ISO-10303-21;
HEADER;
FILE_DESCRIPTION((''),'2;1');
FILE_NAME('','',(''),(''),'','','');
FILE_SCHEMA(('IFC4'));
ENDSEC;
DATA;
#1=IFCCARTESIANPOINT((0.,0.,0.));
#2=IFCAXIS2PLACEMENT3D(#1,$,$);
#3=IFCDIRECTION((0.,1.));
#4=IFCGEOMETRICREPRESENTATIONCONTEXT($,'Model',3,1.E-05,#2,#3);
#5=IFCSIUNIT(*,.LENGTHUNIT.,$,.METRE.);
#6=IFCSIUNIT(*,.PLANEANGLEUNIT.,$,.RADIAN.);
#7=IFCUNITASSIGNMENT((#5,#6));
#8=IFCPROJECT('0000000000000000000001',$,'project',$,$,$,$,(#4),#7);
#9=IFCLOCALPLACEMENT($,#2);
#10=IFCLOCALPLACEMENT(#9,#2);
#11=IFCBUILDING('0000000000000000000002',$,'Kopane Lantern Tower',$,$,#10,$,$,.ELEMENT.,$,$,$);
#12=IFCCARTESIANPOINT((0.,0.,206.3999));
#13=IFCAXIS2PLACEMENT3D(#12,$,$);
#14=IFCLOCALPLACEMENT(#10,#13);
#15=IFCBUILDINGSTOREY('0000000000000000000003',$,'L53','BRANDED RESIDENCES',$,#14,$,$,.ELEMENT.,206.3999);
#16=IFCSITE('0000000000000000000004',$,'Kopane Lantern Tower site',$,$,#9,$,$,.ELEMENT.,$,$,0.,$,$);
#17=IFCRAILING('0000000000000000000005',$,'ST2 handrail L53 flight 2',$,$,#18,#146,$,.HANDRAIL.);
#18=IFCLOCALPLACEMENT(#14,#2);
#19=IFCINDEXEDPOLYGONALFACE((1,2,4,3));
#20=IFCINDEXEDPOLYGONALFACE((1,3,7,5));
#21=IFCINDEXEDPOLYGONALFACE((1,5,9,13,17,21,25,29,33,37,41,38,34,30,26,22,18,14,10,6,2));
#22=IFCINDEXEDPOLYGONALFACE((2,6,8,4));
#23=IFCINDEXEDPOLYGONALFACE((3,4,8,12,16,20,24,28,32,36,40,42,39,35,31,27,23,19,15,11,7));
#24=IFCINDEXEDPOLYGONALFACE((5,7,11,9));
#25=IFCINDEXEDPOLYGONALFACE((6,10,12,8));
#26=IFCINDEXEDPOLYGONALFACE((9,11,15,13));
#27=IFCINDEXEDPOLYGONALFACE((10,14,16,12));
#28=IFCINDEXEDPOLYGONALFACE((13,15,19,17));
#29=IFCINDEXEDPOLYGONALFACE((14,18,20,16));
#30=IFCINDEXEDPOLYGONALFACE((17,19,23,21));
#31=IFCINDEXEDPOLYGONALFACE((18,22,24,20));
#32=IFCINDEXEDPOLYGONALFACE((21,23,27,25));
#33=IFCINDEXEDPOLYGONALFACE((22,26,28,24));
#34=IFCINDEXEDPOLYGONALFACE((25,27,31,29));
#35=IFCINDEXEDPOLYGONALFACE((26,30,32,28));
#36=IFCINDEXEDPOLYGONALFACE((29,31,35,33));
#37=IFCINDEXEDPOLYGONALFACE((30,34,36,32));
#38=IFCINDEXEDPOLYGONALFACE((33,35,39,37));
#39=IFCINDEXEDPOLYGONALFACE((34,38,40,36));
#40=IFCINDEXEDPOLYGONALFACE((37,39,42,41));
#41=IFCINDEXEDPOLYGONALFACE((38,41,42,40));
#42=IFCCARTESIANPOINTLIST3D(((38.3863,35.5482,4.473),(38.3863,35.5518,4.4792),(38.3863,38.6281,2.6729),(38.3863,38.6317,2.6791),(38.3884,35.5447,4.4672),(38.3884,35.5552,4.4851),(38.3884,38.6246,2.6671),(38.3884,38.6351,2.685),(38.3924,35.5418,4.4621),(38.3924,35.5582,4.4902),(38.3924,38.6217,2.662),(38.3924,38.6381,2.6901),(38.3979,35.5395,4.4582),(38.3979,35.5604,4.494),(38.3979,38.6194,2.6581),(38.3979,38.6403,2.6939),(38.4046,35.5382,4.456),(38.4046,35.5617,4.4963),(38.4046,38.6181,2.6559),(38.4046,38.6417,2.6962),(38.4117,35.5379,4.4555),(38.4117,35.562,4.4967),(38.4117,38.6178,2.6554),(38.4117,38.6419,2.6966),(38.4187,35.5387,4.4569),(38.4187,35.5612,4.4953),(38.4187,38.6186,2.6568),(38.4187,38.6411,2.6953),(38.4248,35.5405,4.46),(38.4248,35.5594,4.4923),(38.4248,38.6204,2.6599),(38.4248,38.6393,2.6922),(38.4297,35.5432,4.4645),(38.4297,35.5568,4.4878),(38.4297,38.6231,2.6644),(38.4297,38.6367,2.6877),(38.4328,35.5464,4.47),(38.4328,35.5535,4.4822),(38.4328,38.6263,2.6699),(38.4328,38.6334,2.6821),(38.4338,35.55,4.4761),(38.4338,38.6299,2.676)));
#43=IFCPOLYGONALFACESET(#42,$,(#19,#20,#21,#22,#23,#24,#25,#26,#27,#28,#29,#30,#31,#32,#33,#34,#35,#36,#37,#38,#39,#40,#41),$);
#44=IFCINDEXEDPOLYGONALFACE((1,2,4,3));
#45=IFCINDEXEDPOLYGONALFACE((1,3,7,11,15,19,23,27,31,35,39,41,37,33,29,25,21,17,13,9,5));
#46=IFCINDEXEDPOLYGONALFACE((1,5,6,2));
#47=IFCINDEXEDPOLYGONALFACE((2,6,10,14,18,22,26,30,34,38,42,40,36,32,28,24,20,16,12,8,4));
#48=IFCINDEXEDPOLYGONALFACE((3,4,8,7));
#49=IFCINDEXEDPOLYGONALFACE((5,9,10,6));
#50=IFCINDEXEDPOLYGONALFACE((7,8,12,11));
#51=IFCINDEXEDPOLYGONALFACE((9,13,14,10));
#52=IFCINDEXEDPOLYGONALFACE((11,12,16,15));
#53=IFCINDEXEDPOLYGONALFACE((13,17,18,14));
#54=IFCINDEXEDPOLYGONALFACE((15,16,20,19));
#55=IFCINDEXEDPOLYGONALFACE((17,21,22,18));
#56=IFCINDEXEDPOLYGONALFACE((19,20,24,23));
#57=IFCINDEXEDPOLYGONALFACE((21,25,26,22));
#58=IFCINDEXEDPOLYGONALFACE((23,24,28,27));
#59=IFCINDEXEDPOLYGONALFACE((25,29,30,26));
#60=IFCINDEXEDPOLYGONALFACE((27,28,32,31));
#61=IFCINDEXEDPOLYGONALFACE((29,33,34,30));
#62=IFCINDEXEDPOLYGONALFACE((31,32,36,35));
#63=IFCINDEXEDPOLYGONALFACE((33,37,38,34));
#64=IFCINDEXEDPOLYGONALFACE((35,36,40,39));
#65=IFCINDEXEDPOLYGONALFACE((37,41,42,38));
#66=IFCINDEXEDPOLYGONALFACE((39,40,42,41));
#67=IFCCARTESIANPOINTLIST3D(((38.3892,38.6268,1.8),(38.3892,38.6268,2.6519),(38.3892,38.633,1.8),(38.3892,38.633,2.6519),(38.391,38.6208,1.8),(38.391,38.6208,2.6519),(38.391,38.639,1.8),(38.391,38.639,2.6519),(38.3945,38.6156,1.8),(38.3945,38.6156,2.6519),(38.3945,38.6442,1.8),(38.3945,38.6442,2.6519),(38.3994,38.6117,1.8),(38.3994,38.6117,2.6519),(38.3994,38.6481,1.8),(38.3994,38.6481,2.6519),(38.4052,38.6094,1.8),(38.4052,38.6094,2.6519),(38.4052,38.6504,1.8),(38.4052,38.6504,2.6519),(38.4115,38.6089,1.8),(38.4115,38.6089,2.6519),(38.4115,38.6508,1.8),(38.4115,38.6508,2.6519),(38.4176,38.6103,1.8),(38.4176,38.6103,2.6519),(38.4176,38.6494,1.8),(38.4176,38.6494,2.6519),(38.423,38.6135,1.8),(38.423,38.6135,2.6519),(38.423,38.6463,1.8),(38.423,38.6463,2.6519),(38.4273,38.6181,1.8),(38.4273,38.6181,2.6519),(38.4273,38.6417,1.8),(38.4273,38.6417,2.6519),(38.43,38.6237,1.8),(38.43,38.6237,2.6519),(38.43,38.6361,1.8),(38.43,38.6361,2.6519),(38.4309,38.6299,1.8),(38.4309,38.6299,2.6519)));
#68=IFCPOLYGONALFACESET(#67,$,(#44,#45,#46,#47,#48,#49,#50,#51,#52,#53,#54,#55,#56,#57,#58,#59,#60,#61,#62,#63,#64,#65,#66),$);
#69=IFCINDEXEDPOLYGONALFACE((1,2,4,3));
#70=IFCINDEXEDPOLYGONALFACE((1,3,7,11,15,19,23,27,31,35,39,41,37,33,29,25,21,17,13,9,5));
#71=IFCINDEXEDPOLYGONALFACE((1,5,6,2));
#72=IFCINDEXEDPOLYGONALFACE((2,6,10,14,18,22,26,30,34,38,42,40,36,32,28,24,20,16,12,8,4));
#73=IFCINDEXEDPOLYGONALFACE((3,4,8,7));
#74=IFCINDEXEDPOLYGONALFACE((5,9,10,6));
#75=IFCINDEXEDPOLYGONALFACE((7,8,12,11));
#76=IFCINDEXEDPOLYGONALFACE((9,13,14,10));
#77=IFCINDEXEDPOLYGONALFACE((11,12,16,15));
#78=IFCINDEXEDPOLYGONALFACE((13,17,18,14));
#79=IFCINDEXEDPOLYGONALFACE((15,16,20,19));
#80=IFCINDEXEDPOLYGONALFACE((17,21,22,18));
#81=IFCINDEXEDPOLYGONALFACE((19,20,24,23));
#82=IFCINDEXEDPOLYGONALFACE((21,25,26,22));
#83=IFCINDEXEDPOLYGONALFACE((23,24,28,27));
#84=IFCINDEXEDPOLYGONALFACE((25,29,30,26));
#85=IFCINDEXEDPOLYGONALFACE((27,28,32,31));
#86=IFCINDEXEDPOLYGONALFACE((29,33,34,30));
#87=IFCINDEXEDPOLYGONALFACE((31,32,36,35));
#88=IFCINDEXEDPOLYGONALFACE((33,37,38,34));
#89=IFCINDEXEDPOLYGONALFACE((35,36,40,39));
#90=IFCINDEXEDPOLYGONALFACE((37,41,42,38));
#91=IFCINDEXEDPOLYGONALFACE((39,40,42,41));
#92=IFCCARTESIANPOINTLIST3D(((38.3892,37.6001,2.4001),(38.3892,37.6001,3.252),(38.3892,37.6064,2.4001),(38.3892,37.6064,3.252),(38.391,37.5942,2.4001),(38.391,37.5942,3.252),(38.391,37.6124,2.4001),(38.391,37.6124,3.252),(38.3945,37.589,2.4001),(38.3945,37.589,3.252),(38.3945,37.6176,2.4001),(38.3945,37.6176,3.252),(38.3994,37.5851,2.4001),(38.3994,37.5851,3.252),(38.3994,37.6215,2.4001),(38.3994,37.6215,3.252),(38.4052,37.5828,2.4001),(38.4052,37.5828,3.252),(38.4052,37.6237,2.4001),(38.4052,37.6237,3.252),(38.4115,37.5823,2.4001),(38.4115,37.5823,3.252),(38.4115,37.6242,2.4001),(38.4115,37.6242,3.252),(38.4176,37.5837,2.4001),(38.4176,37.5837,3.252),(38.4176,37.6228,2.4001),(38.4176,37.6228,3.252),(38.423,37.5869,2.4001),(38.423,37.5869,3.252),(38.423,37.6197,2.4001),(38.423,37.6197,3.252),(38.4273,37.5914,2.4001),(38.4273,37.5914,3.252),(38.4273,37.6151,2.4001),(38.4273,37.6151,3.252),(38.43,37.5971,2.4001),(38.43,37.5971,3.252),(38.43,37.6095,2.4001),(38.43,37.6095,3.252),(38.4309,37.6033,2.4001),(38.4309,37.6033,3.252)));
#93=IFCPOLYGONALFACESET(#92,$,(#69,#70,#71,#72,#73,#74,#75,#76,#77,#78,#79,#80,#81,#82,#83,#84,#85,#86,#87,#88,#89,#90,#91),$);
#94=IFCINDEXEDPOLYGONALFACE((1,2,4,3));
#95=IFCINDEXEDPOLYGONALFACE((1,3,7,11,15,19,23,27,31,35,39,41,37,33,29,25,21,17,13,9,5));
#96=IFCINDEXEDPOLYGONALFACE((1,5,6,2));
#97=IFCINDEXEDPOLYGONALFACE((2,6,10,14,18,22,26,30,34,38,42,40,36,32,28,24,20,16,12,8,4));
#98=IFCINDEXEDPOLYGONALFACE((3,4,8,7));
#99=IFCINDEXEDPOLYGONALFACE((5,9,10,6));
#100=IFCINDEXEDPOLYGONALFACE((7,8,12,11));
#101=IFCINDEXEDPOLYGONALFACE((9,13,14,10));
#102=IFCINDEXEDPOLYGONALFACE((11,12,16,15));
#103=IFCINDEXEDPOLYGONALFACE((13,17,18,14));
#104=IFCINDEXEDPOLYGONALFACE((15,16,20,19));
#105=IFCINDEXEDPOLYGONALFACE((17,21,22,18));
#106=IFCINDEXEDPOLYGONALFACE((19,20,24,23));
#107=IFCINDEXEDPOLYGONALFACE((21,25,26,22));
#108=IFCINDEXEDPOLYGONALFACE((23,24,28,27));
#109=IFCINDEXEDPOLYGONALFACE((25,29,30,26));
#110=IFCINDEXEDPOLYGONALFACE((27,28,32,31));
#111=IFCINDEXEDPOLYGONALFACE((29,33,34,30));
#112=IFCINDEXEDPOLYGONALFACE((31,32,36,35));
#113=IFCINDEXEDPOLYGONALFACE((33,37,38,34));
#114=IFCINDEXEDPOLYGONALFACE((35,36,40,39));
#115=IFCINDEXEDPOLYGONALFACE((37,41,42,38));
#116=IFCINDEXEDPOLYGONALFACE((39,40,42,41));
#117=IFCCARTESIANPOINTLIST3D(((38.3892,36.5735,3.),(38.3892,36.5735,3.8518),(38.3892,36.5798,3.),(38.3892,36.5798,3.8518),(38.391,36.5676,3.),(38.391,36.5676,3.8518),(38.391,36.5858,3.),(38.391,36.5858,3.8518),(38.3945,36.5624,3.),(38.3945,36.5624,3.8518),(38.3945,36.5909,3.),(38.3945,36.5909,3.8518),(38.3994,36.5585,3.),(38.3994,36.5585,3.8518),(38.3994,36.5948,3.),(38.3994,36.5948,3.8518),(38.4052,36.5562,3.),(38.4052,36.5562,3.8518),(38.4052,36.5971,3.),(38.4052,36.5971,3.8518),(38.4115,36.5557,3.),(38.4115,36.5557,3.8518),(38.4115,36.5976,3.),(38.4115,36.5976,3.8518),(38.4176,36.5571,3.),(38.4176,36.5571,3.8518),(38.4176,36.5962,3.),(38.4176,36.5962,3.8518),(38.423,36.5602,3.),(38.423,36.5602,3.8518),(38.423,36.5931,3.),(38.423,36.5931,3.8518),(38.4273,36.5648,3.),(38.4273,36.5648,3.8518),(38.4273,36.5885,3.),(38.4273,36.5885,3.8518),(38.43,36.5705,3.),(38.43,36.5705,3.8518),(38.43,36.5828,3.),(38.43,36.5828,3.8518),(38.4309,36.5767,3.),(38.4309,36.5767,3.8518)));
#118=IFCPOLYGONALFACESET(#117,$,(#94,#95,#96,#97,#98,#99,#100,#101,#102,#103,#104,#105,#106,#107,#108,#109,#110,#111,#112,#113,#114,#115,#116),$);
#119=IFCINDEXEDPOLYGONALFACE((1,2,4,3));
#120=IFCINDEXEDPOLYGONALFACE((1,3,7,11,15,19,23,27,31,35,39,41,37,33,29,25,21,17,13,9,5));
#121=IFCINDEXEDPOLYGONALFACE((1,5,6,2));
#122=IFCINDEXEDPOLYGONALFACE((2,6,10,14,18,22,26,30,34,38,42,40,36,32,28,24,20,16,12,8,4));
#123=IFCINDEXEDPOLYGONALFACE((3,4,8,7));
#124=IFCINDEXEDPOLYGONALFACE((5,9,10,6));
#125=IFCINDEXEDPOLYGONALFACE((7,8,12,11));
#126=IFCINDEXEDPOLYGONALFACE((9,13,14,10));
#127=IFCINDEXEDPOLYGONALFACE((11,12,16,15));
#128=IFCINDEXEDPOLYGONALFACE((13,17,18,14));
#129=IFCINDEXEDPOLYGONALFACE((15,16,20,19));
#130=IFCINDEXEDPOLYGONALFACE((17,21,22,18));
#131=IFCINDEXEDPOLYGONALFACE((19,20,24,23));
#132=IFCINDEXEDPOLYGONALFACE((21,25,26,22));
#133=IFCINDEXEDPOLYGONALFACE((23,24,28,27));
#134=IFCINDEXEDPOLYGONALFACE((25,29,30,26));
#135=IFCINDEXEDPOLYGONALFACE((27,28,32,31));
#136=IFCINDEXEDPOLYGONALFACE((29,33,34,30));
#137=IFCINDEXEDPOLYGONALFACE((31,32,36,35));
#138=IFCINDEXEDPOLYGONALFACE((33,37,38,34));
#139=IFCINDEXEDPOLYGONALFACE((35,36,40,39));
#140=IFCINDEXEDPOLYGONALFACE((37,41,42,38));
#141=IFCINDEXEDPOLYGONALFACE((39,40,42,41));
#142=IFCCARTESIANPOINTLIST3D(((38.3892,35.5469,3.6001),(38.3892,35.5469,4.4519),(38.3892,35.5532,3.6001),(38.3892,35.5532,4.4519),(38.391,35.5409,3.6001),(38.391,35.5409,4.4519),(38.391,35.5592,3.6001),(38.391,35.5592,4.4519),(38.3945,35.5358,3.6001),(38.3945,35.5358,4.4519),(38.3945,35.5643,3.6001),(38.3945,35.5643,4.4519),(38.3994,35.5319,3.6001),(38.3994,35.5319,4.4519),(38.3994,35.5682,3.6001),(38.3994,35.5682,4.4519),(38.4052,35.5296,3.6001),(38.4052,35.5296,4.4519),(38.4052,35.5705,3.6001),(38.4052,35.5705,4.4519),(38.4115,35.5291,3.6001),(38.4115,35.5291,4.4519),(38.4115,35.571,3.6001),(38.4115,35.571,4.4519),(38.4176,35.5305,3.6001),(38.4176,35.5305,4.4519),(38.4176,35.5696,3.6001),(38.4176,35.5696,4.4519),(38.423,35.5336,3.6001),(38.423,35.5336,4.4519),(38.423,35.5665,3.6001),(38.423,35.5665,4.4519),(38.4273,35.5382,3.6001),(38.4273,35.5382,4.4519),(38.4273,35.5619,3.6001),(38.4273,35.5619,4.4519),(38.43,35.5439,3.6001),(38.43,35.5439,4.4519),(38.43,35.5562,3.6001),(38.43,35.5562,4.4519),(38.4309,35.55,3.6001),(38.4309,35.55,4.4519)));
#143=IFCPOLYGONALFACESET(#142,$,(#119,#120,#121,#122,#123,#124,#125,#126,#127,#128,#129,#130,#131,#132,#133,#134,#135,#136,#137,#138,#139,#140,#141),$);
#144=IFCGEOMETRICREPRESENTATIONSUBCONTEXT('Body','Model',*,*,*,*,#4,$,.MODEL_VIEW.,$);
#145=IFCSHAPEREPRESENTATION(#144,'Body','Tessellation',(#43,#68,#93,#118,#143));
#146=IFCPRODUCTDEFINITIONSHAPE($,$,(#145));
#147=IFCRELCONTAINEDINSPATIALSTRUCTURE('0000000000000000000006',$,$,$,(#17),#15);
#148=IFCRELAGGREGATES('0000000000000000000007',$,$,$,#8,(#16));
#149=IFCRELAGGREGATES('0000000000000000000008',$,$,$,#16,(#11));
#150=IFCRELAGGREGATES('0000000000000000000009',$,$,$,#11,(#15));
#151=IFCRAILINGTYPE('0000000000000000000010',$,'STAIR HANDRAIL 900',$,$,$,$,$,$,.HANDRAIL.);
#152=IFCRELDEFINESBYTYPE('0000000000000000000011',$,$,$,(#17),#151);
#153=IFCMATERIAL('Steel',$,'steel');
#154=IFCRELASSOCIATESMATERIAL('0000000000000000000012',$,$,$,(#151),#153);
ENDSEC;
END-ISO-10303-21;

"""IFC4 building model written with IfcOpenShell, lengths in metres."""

from ifc_helpers import new_model, si_unit, direction, frame, origin, origin_2d, place, context, subcontext, project, spatial, circle, extrude, material, type_object, element, save


model = new_model("IFC4")

# Units and contexts
model_context = context("Model", 3, precision=1e-05, world=origin(), true_north=direction((0.0, 1.0)))
body_context = subcontext(model_context, "Body", "Model", "MODEL_VIEW")
ifc_project = project(units=[si_unit("LENGTHUNIT", "METRE"), si_unit("PLANEANGLEUNIT", "RADIAN")], contexts=[model_context])

# Site, building, storey
site_placement = place(None, origin())
site = spatial("IfcSite", under=ifc_project, at=site_placement, Name="Kopane Lantern Tower site", CompositionType="ELEMENT", RefElevation=0.0)
building_placement = place(site_placement, origin())
building = spatial("IfcBuilding", under=site, at=building_placement, Name="Kopane Lantern Tower", CompositionType="ELEMENT")
storey_placement = place(building_placement, frame((0.0, 0.0, 206.3999)))
storey = spatial("IfcBuildingStorey", under=building, at=storey_placement, Name="L53", Description="BRANDED RESIDENCES", CompositionType="ELEMENT", Elevation=206.3999)

# Railing
ifc_material_1 = material(Name="Steel", Category="steel")
railing_type_1 = type_object("IfcRailingType", Name="STAIR HANDRAIL 900", PredefinedType="HANDRAIL", material=ifc_material_1)
for number, where, name in (
    (1, (38.4099, 38.6299, 1.8), "ST2 handrail L53 flight 2"),
):
    element("IfcRailing", number, at=place(storey_placement, frame(where)), inside=storey, type_object=railing_type_1, Name=name, PredefinedType="HANDRAIL", context=body_context, shape_type="SweptSolid", body=[
        extrude(circle(Radius=0.0239, at=origin_2d()), frame((0.0, 0.0, 0.876), z_axis=(0.0, -0.863354, 0.504598), x_axis=(1.0, 0.0, 0.0)), (0.0, 0.0, 1.0), 3.5674),
        extrude(circle(Radius=0.021, at=origin_2d()), origin(), (0.0, 0.0, 1.0), 0.8518),
        extrude(circle(Radius=0.021, at=origin_2d()), frame((0.0, -1.0266, 0.6001)), (0.0, 0.0, 1.0), 0.8518),
        extrude(circle(Radius=0.021, at=origin_2d()), frame((0.0, -2.0532, 1.2)), (0.0, 0.0, 1.0), 0.8518),
        extrude(circle(Radius=0.021, at=origin_2d()), frame((0.0, -3.0798, 1.8)), (0.0, 0.0, 1.0), 0.8518),
    ])

save(model, "model.ifc")
